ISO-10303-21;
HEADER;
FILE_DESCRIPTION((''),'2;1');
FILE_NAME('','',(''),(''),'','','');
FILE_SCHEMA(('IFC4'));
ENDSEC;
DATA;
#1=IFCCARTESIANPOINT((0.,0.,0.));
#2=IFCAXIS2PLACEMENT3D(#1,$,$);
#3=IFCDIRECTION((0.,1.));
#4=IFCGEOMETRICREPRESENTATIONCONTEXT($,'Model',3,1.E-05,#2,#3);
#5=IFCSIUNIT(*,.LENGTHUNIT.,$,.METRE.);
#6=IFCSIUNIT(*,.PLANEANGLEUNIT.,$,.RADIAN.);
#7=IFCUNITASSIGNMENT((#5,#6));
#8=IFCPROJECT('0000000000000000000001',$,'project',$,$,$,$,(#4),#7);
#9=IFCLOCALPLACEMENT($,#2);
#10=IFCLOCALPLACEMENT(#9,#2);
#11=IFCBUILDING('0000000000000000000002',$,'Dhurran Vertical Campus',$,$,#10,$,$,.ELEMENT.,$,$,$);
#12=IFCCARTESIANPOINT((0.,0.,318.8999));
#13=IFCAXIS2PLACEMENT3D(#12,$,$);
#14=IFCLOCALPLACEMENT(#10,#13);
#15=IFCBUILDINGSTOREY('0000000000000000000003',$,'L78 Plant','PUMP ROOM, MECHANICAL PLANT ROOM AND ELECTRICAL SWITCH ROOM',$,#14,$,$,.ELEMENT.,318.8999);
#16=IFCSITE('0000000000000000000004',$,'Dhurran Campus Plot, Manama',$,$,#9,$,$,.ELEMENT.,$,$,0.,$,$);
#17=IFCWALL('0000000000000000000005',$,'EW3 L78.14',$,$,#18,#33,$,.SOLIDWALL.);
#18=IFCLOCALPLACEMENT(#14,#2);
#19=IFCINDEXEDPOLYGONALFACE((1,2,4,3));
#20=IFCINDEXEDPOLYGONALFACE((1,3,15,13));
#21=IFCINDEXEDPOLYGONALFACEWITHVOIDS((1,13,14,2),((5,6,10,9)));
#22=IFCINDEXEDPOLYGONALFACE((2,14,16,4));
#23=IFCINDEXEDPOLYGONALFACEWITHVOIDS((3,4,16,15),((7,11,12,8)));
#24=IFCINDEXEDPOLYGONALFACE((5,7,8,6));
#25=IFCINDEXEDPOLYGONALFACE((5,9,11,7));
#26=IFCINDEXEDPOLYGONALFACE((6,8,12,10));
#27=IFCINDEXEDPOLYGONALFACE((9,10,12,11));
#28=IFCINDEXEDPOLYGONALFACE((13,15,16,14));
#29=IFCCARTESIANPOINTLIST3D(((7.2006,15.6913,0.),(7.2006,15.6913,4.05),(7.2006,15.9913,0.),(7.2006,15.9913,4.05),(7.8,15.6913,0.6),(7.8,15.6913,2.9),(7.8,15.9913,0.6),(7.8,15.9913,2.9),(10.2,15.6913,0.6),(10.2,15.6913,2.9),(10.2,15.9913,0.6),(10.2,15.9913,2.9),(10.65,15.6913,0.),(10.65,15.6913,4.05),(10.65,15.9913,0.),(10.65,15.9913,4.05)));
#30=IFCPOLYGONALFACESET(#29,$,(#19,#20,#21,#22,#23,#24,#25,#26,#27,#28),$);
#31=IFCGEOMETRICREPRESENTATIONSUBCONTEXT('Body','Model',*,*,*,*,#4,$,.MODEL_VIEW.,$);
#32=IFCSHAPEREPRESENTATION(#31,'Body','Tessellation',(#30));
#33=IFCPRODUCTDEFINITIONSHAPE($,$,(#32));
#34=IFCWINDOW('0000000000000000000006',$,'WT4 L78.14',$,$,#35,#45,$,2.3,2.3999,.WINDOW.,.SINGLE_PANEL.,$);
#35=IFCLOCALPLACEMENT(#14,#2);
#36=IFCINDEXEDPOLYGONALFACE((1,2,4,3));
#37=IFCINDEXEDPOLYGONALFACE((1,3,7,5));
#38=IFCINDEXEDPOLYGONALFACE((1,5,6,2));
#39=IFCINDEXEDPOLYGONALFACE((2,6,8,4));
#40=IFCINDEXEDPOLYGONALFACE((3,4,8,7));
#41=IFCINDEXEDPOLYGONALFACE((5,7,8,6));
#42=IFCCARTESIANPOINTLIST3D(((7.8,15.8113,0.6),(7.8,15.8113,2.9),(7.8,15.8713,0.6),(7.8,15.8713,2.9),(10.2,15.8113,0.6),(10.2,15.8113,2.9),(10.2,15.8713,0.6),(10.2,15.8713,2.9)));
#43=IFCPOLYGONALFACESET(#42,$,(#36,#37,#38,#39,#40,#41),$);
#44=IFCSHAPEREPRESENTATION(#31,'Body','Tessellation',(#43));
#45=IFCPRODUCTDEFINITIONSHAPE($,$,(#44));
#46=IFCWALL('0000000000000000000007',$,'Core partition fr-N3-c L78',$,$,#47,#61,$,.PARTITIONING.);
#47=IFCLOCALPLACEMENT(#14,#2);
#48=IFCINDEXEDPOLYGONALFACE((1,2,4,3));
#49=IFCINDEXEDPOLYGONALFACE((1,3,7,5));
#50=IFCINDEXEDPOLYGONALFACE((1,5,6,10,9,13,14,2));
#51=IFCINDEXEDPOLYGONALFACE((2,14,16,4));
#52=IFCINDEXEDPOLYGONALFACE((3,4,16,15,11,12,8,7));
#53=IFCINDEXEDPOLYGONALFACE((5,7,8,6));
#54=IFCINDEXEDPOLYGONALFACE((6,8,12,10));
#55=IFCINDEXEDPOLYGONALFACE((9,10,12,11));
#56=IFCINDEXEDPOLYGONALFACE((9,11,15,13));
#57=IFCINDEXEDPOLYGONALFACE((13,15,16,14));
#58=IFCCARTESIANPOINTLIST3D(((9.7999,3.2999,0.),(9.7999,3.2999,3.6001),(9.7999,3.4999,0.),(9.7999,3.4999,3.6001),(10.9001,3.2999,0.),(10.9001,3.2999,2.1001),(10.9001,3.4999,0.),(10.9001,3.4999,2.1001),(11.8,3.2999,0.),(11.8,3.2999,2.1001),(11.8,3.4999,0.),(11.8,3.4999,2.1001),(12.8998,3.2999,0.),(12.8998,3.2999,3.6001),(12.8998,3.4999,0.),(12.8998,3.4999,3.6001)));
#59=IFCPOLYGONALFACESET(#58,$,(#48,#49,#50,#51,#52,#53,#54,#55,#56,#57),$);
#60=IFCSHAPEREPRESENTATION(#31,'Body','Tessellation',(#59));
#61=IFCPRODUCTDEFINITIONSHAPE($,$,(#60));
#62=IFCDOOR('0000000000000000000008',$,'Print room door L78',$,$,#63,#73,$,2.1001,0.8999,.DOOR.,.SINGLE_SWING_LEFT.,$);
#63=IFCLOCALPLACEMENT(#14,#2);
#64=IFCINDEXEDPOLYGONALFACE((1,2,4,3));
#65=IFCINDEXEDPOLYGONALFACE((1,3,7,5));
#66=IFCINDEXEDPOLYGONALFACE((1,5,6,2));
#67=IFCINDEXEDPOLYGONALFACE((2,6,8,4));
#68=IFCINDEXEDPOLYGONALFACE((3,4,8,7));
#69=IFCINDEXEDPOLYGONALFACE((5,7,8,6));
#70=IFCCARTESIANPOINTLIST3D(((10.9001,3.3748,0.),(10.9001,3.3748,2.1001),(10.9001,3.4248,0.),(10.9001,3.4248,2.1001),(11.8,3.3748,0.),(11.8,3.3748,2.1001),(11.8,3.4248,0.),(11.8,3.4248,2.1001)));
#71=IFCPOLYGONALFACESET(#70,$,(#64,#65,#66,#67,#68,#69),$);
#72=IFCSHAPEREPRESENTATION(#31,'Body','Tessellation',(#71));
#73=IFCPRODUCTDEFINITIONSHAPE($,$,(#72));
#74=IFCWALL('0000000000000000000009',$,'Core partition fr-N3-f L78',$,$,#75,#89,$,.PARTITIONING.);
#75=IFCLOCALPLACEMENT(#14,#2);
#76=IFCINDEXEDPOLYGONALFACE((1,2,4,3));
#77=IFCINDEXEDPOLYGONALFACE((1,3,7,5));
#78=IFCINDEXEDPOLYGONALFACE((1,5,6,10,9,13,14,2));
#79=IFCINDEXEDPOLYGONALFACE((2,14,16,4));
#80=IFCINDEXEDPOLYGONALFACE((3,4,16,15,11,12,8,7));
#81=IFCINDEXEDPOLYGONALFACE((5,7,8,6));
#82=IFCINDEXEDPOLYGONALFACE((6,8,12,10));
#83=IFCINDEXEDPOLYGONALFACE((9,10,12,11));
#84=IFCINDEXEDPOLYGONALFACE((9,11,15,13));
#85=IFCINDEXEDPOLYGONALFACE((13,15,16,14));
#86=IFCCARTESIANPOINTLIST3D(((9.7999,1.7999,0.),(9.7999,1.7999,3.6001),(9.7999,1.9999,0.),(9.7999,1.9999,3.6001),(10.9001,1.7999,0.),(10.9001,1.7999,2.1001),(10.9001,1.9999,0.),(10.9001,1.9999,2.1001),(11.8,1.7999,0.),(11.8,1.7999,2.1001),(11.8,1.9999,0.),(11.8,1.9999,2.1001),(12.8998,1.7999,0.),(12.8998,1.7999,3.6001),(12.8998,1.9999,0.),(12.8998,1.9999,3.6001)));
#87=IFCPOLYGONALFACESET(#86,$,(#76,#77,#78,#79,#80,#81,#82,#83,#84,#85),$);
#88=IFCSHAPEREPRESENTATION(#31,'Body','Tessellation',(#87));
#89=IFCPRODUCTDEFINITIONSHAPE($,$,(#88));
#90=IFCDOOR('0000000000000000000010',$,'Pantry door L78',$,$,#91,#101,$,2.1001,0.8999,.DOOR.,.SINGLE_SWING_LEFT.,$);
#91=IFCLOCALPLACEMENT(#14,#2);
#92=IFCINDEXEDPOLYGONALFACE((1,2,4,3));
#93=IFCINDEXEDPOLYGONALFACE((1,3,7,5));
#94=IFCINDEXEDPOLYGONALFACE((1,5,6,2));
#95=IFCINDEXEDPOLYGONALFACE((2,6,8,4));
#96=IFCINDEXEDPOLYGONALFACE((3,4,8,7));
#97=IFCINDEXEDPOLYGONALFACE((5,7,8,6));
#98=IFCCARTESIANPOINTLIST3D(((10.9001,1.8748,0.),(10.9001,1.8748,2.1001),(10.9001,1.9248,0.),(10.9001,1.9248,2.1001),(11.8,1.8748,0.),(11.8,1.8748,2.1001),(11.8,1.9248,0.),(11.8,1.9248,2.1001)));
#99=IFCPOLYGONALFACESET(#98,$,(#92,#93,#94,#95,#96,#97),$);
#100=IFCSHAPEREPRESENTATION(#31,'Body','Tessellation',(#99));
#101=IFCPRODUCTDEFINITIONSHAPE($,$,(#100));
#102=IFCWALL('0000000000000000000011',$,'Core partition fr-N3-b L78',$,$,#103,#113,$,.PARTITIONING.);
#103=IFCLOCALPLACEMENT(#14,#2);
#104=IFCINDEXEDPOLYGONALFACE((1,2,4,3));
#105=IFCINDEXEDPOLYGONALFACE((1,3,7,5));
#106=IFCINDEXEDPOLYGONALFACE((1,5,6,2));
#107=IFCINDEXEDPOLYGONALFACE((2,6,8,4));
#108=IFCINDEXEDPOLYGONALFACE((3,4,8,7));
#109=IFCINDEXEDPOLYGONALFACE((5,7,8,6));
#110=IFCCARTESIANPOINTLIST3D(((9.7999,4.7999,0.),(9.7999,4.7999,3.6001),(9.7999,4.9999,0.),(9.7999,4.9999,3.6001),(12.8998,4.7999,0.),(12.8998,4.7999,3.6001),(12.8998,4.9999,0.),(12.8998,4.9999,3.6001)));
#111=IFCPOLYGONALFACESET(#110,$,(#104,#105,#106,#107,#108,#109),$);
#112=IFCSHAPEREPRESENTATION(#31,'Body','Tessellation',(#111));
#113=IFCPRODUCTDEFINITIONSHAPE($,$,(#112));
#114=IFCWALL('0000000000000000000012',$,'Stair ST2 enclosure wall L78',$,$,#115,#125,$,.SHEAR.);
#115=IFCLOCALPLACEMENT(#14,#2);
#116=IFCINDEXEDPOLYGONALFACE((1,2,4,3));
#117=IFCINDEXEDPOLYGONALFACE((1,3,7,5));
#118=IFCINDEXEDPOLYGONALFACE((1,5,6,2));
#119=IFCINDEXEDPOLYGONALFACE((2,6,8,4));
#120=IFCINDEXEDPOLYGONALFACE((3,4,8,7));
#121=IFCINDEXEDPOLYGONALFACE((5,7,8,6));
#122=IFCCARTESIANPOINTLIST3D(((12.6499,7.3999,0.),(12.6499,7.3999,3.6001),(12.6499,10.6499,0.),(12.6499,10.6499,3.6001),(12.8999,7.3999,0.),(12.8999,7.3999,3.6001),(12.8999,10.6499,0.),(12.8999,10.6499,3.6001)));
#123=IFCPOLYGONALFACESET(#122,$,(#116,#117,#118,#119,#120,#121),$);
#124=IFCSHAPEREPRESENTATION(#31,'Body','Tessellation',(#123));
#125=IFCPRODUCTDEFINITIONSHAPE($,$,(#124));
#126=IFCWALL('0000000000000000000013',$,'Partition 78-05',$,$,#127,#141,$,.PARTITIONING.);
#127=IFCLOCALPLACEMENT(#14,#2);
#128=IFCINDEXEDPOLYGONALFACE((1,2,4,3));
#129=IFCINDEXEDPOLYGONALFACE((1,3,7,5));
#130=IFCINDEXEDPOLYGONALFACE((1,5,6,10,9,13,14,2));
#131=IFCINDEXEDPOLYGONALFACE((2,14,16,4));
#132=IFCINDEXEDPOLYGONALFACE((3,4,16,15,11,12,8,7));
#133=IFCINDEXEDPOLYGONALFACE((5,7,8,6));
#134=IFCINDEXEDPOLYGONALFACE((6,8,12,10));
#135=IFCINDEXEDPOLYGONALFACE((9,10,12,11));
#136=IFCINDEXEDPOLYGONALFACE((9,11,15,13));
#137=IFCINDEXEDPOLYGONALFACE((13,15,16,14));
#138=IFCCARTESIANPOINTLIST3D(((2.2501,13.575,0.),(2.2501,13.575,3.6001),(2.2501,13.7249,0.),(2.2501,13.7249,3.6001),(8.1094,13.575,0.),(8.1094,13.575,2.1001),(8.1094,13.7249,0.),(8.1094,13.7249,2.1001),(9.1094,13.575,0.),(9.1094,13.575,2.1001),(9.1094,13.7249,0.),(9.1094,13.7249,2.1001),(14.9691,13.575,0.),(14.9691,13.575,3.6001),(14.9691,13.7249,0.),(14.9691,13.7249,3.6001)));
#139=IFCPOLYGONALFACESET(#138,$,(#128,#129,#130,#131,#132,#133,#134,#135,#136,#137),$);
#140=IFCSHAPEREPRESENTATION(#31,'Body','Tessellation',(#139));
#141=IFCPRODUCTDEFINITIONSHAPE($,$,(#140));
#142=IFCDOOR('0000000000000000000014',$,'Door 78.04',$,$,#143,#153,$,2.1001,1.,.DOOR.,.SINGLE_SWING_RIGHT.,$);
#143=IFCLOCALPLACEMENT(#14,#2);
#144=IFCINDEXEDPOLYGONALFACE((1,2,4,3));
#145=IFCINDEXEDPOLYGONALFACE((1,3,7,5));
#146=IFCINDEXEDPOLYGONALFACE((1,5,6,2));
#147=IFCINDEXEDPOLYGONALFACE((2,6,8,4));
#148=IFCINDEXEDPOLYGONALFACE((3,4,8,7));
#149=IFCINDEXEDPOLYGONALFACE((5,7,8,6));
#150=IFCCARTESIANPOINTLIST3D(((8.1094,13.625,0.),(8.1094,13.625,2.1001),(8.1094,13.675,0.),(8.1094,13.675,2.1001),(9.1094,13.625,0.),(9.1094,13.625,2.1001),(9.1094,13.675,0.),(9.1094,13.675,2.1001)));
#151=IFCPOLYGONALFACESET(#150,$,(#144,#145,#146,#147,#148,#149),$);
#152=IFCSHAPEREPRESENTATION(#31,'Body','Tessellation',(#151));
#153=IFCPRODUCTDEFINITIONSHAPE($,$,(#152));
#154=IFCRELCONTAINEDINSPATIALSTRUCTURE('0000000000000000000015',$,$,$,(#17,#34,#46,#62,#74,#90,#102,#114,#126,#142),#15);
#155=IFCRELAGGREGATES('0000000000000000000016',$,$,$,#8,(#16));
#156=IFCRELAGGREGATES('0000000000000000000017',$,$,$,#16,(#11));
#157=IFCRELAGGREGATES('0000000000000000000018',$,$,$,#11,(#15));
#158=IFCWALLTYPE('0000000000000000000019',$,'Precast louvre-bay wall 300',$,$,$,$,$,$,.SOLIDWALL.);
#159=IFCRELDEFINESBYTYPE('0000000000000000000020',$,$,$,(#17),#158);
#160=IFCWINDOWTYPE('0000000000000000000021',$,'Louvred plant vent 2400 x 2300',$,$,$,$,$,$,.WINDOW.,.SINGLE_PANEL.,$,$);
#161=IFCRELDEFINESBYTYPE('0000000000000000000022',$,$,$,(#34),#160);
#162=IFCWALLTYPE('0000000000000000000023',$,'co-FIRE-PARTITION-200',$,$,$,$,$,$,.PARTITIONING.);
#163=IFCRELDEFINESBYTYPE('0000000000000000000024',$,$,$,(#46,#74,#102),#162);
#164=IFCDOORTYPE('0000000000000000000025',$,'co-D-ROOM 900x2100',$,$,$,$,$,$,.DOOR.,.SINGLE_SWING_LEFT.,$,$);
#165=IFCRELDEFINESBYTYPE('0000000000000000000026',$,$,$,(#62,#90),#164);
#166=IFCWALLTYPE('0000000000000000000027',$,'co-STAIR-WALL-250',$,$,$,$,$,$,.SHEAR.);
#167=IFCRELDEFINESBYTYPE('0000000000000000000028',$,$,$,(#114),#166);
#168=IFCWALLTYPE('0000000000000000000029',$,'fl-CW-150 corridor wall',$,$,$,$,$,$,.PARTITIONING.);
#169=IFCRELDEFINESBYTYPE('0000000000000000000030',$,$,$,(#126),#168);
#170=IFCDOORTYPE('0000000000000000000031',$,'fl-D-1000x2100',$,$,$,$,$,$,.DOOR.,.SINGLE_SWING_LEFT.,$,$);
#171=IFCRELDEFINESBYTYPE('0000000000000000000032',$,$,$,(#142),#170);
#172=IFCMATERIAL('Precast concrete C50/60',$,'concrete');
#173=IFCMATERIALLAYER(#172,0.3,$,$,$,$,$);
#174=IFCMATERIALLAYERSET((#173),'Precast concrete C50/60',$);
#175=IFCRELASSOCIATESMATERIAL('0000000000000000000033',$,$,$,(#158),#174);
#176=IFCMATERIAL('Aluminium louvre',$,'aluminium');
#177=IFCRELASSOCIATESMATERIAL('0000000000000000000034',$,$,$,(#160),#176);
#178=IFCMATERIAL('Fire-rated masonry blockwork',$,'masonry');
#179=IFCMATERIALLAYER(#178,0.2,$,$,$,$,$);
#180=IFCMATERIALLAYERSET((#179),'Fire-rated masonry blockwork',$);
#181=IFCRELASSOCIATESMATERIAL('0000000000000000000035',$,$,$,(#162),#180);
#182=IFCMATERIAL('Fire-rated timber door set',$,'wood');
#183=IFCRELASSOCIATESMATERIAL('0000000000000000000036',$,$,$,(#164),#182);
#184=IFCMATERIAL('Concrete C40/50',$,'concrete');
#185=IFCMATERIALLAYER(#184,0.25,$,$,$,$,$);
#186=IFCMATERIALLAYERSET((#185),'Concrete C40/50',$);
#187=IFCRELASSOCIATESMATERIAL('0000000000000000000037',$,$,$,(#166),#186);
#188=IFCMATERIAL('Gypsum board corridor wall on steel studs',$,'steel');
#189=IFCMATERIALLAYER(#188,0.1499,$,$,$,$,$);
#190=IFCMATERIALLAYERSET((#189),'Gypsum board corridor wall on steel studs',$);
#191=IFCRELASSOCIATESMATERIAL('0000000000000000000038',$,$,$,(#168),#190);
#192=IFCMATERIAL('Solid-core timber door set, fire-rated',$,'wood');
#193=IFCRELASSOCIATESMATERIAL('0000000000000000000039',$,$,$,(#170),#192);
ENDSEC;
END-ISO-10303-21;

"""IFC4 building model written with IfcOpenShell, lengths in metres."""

from ifc_helpers import new_model, si_unit, direction, frame, frame_2d, origin, place, context, subcontext, project, spatial, rectangle, extrude, material, layer, layer_set, type_object, element, fill, save


model = new_model("IFC4")

# Units and contexts
model_context = context("Model", 3, precision=1e-05, world=origin(), true_north=direction((0.0, 1.0)))
body_context = subcontext(model_context, "Body", "Model", "MODEL_VIEW")
ifc_project = project(units=[si_unit("LENGTHUNIT", "METRE"), si_unit("PLANEANGLEUNIT", "RADIAN")], contexts=[model_context])

# Site, building, storey
site_placement = place(None, origin())
site = spatial("IfcSite", under=ifc_project, at=site_placement, Name="Dhurran Campus Plot, Manama", CompositionType="ELEMENT", RefElevation=0.0)
building_placement = place(site_placement, origin())
building = spatial("IfcBuilding", under=site, at=building_placement, Name="Dhurran Vertical Campus", CompositionType="ELEMENT")
storey_placement = place(building_placement, frame((0.0, 0.0, 318.8999)))
storey = spatial("IfcBuildingStorey", under=building, at=storey_placement, Name="L78 Plant", Description="PUMP ROOM, MECHANICAL PLANT ROOM AND ELECTRICAL SWITCH ROOM", CompositionType="ELEMENT", Elevation=318.8999)

# Wall, opening, window
ifc_material_1 = material(Name="Precast concrete C50/60", Category="concrete")
ifc_layer_1 = layer(ifc_material_1, 0.3)
ifc_layer_set_1 = layer_set([ifc_layer_1], Name="Precast concrete C50/60")
wall_type_1 = type_object("IfcWallType", Name="Precast louvre-bay wall 300", PredefinedType="SOLIDWALL", material=ifc_layer_set_1)
ifc_material_2 = material(Name="Aluminium louvre", Category="aluminium")
window_type = type_object("IfcWindowType", Name="Louvred plant vent 2400 x 2300", PartitioningType="SINGLE_PANEL", PredefinedType="WINDOW", material=ifc_material_2)
wall_1_placement = place(storey_placement, frame((10.6499, 15.8413, 0.0), z_axis=(0.0, 0.0, 1.0), x_axis=(-1.0, 0.0, 0.0)))
wall_1 = element("IfcWall", 1, at=wall_1_placement, inside=storey, type_object=wall_type_1, Name="EW3 L78.14", PredefinedType="SOLIDWALL", context=body_context, shape_type="SweptSolid", body=[
    extrude(rectangle(XDim=3.4495, YDim=0.3, at=frame_2d((1.7246, 0.0))), origin(), (0.0, 0.0, 1.0), 4.05),
])
opening_1_placement = place(wall_1_placement, frame((0.45, 0.0, 0.6001)))
opening_1 = element("IfcOpeningElement", 2, at=opening_1_placement, cuts=wall_1, PredefinedType="OPENING", context=body_context, shape_type="SweptSolid", body=[
    extrude(rectangle(XDim=2.3999, YDim=2.3, at=frame_2d((1.2, 1.1499))), frame((0.0, 0.1599, 0.0), z_axis=(0.0, -1.0, 0.0), x_axis=(1.0, 0.0, 0.0)), (0.0, 0.0, 1.0), 0.3201),
])
window_1_placement = place(opening_1_placement, origin())
window_1 = element("IfcWindow", 3, at=window_1_placement, inside=storey, type_object=window_type, Name="WT4 L78.14", OverallHeight=2.3, OverallWidth=2.3999, PartitioningType="SINGLE_PANEL", PredefinedType="WINDOW", context=body_context, shape_type="SweptSolid", body=[
    extrude(rectangle(XDim=2.3999, YDim=2.3, at=frame_2d((1.2, 1.1499))), frame((0.0, 0.03, 0.0), z_axis=(0.0, -1.0, 0.0), x_axis=(1.0, 0.0, 0.0)), (0.0, 0.0, 1.0), 0.0601),
])
fill(opening_1, window_1)

# Walls, openings, doors
ifc_material_3 = material(Name="Fire-rated masonry blockwork", Category="masonry")
ifc_layer_2 = layer(ifc_material_3, 0.2)
ifc_layer_set_2 = layer_set([ifc_layer_2], Name="Fire-rated masonry blockwork")
wall_type_2 = type_object("IfcWallType", Name="co-FIRE-PARTITION-200", PredefinedType="PARTITIONING", material=ifc_layer_set_2)
wall_2_placement = place(storey_placement, frame((9.8, 3.3999, 0.0), z_axis=(0.0, 0.0, 1.0), x_axis=(1.0, 0.0, 0.0)))
wall_2 = element("IfcWall", 4, at=wall_2_placement, inside=storey, type_object=wall_type_2, Name="Core partition fr-N3-c L78", PredefinedType="PARTITIONING", context=body_context, shape_type="SweptSolid", body=[
    extrude(rectangle(XDim=3.0999, YDim=0.2, at=frame_2d((1.5498, 0.0))), origin(), (0.0, 0.0, 1.0), 3.6001),
])
opening_2_placement = place(wall_2_placement, frame((1.1001, 0.0, 0.0)))
opening_2 = element("IfcOpeningElement", 5, at=opening_2_placement, cuts=wall_2, PredefinedType="OPENING", context=body_context, shape_type="SweptSolid", body=[
    extrude(rectangle(XDim=0.8999, YDim=2.1001, at=frame_2d((0.45, 1.05))), frame((0.0, 0.1099, 0.0), z_axis=(0.0, -1.0, 0.0), x_axis=(1.0, 0.0, 0.0)), (0.0, 0.0, 1.0), 0.22),
])
ifc_material_4 = material(Name="Fire-rated timber door set", Category="wood")
door_type_1 = type_object("IfcDoorType", Name="co-D-ROOM 900x2100", OperationType="SINGLE_SWING_LEFT", PredefinedType="DOOR", material=ifc_material_4)
door_1_placement = place(opening_2_placement, origin())
door_1 = element("IfcDoor", 6, at=door_1_placement, inside=storey, type_object=door_type_1, Name="Print room door L78", OperationType="SINGLE_SWING_LEFT", OverallHeight=2.1001, OverallWidth=0.8999, PredefinedType="DOOR", context=body_context, shape_type="SweptSolid", body=[
    extrude(rectangle(XDim=0.8999, YDim=2.1001, at=frame_2d((0.45, 1.05))), frame((0.0, 0.0249, 0.0), z_axis=(0.0, -1.0, 0.0), x_axis=(1.0, 0.0, 0.0)), (0.0, 0.0, 1.0), 0.05),
])
fill(opening_2, door_1)
wall_3_placement = place(storey_placement, frame((9.8, 1.8999, 0.0), z_axis=(0.0, 0.0, 1.0), x_axis=(1.0, 0.0, 0.0)))
wall_3 = element("IfcWall", 7, at=wall_3_placement, inside=storey, type_object=wall_type_2, Name="Core partition fr-N3-f L78", PredefinedType="PARTITIONING", context=body_context, shape_type="SweptSolid", body=[
    extrude(rectangle(XDim=3.0999, YDim=0.2, at=frame_2d((1.5498, 0.0))), origin(), (0.0, 0.0, 1.0), 3.6001),
])
opening_3_placement = place(wall_3_placement, frame((1.1001, 0.0, 0.0)))
opening_3 = element("IfcOpeningElement", 8, at=opening_3_placement, cuts=wall_3, PredefinedType="OPENING", context=body_context, shape_type="SweptSolid", body=[
    extrude(rectangle(XDim=0.8999, YDim=2.1001, at=frame_2d((0.45, 1.05))), frame((0.0, 0.1099, 0.0), z_axis=(0.0, -1.0, 0.0), x_axis=(1.0, 0.0, 0.0)), (0.0, 0.0, 1.0), 0.22),
])
door_2_placement = place(opening_3_placement, origin())
door_2 = element("IfcDoor", 9, at=door_2_placement, inside=storey, type_object=door_type_1, Name="Pantry door L78", OperationType="SINGLE_SWING_LEFT", OverallHeight=2.1001, OverallWidth=0.8999, PredefinedType="DOOR", context=body_context, shape_type="SweptSolid", body=[
    extrude(rectangle(XDim=0.8999, YDim=2.1001, at=frame_2d((0.45, 1.05))), frame((0.0, 0.0249, 0.0), z_axis=(0.0, -1.0, 0.0), x_axis=(1.0, 0.0, 0.0)), (0.0, 0.0, 1.0), 0.05),
])
fill(opening_3, door_2)

# Walls
wall_4_placement = place(storey_placement, frame((9.8, 4.8999, 0.0), z_axis=(0.0, 0.0, 1.0), x_axis=(1.0, 0.0, 0.0)))
element("IfcWall", 10, at=wall_4_placement, inside=storey, type_object=wall_type_2, Name="Core partition fr-N3-b L78", PredefinedType="PARTITIONING", context=body_context, shape_type="SweptSolid", body=[
    extrude(rectangle(XDim=3.0999, YDim=0.2, at=frame_2d((1.5498, 0.0))), origin(), (0.0, 0.0, 1.0), 3.6001),
])
ifc_material_5 = material(Name="Concrete C40/50", Category="concrete")
ifc_layer_3 = layer(ifc_material_5, 0.25)
ifc_layer_set_3 = layer_set([ifc_layer_3], Name="Concrete C40/50")
wall_type_3 = type_object("IfcWallType", Name="co-STAIR-WALL-250", PredefinedType="SHEAR", material=ifc_layer_set_3)
wall_5_placement = place(storey_placement, frame((12.7749, 7.3999, 0.0), z_axis=(0.0, 0.0, 1.0), x_axis=(0.0, 1.0, 0.0)))
element("IfcWall", 11, at=wall_5_placement, inside=storey, type_object=wall_type_3, Name="Stair ST2 enclosure wall L78", PredefinedType="SHEAR", context=body_context, shape_type="SweptSolid", body=[
    extrude(rectangle(XDim=3.25, YDim=0.25, at=frame_2d((1.625, 0.0))), origin(), (0.0, 0.0, 1.0), 3.6001),
])

# Wall, opening, door
ifc_material_6 = material(Name="Gypsum board corridor wall on steel studs", Category="steel")
ifc_layer_4 = layer(ifc_material_6, 0.1499)
ifc_layer_set_4 = layer_set([ifc_layer_4], Name="Gypsum board corridor wall on steel studs")
wall_type_4 = type_object("IfcWallType", Name="fl-CW-150 corridor wall", PredefinedType="PARTITIONING", material=ifc_layer_set_4)
wall_6_placement = place(storey_placement, frame((14.969, 13.6499, 0.0), z_axis=(0.0, 0.0, 1.0), x_axis=(-1.0, 0.0, 0.0)))
wall_6 = element("IfcWall", 12, at=wall_6_placement, inside=storey, type_object=wall_type_4, Name="Partition 78-05", PredefinedType="PARTITIONING", context=body_context, shape_type="SweptSolid", body=[
    extrude(rectangle(XDim=12.719, YDim=0.1499, at=frame_2d((6.3594, 0.0))), origin(), (0.0, 0.0, 1.0), 3.6001),
])
opening_4_placement = place(wall_6_placement, frame((5.8596, 0.0, 0.0)))
opening_4 = element("IfcOpeningElement", 13, at=opening_4_placement, cuts=wall_6, PredefinedType="OPENING", context=body_context, shape_type="SweptSolid", body=[
    extrude(rectangle(XDim=1.0, YDim=2.1001, at=frame_2d((0.5, 1.05))), frame((0.0, 0.085, 0.0), z_axis=(0.0, -1.0, 0.0), x_axis=(1.0, 0.0, 0.0)), (0.0, 0.0, 1.0), 0.1699),
])
ifc_material_7 = material(Name="Solid-core timber door set, fire-rated", Category="wood")
door_type_2 = type_object("IfcDoorType", Name="fl-D-1000x2100", OperationType="SINGLE_SWING_LEFT", PredefinedType="DOOR", material=ifc_material_7)
door_3_placement = place(opening_4_placement, origin())
door_3 = element("IfcDoor", 14, at=door_3_placement, inside=storey, type_object=door_type_2, Name="Door 78.04", OperationType="SINGLE_SWING_RIGHT", OverallHeight=2.1001, OverallWidth=1.0, PredefinedType="DOOR", context=body_context, shape_type="SweptSolid", body=[
    extrude(rectangle(XDim=1.0, YDim=2.1001, at=frame_2d((0.5, 1.05))), frame((0.0, 0.0249, 0.0), z_axis=(0.0, -1.0, 0.0), x_axis=(1.0, 0.0, 0.0)), (0.0, 0.0, 1.0), 0.05),
])
fill(opening_4, door_3)

save(model, "model.ifc")
